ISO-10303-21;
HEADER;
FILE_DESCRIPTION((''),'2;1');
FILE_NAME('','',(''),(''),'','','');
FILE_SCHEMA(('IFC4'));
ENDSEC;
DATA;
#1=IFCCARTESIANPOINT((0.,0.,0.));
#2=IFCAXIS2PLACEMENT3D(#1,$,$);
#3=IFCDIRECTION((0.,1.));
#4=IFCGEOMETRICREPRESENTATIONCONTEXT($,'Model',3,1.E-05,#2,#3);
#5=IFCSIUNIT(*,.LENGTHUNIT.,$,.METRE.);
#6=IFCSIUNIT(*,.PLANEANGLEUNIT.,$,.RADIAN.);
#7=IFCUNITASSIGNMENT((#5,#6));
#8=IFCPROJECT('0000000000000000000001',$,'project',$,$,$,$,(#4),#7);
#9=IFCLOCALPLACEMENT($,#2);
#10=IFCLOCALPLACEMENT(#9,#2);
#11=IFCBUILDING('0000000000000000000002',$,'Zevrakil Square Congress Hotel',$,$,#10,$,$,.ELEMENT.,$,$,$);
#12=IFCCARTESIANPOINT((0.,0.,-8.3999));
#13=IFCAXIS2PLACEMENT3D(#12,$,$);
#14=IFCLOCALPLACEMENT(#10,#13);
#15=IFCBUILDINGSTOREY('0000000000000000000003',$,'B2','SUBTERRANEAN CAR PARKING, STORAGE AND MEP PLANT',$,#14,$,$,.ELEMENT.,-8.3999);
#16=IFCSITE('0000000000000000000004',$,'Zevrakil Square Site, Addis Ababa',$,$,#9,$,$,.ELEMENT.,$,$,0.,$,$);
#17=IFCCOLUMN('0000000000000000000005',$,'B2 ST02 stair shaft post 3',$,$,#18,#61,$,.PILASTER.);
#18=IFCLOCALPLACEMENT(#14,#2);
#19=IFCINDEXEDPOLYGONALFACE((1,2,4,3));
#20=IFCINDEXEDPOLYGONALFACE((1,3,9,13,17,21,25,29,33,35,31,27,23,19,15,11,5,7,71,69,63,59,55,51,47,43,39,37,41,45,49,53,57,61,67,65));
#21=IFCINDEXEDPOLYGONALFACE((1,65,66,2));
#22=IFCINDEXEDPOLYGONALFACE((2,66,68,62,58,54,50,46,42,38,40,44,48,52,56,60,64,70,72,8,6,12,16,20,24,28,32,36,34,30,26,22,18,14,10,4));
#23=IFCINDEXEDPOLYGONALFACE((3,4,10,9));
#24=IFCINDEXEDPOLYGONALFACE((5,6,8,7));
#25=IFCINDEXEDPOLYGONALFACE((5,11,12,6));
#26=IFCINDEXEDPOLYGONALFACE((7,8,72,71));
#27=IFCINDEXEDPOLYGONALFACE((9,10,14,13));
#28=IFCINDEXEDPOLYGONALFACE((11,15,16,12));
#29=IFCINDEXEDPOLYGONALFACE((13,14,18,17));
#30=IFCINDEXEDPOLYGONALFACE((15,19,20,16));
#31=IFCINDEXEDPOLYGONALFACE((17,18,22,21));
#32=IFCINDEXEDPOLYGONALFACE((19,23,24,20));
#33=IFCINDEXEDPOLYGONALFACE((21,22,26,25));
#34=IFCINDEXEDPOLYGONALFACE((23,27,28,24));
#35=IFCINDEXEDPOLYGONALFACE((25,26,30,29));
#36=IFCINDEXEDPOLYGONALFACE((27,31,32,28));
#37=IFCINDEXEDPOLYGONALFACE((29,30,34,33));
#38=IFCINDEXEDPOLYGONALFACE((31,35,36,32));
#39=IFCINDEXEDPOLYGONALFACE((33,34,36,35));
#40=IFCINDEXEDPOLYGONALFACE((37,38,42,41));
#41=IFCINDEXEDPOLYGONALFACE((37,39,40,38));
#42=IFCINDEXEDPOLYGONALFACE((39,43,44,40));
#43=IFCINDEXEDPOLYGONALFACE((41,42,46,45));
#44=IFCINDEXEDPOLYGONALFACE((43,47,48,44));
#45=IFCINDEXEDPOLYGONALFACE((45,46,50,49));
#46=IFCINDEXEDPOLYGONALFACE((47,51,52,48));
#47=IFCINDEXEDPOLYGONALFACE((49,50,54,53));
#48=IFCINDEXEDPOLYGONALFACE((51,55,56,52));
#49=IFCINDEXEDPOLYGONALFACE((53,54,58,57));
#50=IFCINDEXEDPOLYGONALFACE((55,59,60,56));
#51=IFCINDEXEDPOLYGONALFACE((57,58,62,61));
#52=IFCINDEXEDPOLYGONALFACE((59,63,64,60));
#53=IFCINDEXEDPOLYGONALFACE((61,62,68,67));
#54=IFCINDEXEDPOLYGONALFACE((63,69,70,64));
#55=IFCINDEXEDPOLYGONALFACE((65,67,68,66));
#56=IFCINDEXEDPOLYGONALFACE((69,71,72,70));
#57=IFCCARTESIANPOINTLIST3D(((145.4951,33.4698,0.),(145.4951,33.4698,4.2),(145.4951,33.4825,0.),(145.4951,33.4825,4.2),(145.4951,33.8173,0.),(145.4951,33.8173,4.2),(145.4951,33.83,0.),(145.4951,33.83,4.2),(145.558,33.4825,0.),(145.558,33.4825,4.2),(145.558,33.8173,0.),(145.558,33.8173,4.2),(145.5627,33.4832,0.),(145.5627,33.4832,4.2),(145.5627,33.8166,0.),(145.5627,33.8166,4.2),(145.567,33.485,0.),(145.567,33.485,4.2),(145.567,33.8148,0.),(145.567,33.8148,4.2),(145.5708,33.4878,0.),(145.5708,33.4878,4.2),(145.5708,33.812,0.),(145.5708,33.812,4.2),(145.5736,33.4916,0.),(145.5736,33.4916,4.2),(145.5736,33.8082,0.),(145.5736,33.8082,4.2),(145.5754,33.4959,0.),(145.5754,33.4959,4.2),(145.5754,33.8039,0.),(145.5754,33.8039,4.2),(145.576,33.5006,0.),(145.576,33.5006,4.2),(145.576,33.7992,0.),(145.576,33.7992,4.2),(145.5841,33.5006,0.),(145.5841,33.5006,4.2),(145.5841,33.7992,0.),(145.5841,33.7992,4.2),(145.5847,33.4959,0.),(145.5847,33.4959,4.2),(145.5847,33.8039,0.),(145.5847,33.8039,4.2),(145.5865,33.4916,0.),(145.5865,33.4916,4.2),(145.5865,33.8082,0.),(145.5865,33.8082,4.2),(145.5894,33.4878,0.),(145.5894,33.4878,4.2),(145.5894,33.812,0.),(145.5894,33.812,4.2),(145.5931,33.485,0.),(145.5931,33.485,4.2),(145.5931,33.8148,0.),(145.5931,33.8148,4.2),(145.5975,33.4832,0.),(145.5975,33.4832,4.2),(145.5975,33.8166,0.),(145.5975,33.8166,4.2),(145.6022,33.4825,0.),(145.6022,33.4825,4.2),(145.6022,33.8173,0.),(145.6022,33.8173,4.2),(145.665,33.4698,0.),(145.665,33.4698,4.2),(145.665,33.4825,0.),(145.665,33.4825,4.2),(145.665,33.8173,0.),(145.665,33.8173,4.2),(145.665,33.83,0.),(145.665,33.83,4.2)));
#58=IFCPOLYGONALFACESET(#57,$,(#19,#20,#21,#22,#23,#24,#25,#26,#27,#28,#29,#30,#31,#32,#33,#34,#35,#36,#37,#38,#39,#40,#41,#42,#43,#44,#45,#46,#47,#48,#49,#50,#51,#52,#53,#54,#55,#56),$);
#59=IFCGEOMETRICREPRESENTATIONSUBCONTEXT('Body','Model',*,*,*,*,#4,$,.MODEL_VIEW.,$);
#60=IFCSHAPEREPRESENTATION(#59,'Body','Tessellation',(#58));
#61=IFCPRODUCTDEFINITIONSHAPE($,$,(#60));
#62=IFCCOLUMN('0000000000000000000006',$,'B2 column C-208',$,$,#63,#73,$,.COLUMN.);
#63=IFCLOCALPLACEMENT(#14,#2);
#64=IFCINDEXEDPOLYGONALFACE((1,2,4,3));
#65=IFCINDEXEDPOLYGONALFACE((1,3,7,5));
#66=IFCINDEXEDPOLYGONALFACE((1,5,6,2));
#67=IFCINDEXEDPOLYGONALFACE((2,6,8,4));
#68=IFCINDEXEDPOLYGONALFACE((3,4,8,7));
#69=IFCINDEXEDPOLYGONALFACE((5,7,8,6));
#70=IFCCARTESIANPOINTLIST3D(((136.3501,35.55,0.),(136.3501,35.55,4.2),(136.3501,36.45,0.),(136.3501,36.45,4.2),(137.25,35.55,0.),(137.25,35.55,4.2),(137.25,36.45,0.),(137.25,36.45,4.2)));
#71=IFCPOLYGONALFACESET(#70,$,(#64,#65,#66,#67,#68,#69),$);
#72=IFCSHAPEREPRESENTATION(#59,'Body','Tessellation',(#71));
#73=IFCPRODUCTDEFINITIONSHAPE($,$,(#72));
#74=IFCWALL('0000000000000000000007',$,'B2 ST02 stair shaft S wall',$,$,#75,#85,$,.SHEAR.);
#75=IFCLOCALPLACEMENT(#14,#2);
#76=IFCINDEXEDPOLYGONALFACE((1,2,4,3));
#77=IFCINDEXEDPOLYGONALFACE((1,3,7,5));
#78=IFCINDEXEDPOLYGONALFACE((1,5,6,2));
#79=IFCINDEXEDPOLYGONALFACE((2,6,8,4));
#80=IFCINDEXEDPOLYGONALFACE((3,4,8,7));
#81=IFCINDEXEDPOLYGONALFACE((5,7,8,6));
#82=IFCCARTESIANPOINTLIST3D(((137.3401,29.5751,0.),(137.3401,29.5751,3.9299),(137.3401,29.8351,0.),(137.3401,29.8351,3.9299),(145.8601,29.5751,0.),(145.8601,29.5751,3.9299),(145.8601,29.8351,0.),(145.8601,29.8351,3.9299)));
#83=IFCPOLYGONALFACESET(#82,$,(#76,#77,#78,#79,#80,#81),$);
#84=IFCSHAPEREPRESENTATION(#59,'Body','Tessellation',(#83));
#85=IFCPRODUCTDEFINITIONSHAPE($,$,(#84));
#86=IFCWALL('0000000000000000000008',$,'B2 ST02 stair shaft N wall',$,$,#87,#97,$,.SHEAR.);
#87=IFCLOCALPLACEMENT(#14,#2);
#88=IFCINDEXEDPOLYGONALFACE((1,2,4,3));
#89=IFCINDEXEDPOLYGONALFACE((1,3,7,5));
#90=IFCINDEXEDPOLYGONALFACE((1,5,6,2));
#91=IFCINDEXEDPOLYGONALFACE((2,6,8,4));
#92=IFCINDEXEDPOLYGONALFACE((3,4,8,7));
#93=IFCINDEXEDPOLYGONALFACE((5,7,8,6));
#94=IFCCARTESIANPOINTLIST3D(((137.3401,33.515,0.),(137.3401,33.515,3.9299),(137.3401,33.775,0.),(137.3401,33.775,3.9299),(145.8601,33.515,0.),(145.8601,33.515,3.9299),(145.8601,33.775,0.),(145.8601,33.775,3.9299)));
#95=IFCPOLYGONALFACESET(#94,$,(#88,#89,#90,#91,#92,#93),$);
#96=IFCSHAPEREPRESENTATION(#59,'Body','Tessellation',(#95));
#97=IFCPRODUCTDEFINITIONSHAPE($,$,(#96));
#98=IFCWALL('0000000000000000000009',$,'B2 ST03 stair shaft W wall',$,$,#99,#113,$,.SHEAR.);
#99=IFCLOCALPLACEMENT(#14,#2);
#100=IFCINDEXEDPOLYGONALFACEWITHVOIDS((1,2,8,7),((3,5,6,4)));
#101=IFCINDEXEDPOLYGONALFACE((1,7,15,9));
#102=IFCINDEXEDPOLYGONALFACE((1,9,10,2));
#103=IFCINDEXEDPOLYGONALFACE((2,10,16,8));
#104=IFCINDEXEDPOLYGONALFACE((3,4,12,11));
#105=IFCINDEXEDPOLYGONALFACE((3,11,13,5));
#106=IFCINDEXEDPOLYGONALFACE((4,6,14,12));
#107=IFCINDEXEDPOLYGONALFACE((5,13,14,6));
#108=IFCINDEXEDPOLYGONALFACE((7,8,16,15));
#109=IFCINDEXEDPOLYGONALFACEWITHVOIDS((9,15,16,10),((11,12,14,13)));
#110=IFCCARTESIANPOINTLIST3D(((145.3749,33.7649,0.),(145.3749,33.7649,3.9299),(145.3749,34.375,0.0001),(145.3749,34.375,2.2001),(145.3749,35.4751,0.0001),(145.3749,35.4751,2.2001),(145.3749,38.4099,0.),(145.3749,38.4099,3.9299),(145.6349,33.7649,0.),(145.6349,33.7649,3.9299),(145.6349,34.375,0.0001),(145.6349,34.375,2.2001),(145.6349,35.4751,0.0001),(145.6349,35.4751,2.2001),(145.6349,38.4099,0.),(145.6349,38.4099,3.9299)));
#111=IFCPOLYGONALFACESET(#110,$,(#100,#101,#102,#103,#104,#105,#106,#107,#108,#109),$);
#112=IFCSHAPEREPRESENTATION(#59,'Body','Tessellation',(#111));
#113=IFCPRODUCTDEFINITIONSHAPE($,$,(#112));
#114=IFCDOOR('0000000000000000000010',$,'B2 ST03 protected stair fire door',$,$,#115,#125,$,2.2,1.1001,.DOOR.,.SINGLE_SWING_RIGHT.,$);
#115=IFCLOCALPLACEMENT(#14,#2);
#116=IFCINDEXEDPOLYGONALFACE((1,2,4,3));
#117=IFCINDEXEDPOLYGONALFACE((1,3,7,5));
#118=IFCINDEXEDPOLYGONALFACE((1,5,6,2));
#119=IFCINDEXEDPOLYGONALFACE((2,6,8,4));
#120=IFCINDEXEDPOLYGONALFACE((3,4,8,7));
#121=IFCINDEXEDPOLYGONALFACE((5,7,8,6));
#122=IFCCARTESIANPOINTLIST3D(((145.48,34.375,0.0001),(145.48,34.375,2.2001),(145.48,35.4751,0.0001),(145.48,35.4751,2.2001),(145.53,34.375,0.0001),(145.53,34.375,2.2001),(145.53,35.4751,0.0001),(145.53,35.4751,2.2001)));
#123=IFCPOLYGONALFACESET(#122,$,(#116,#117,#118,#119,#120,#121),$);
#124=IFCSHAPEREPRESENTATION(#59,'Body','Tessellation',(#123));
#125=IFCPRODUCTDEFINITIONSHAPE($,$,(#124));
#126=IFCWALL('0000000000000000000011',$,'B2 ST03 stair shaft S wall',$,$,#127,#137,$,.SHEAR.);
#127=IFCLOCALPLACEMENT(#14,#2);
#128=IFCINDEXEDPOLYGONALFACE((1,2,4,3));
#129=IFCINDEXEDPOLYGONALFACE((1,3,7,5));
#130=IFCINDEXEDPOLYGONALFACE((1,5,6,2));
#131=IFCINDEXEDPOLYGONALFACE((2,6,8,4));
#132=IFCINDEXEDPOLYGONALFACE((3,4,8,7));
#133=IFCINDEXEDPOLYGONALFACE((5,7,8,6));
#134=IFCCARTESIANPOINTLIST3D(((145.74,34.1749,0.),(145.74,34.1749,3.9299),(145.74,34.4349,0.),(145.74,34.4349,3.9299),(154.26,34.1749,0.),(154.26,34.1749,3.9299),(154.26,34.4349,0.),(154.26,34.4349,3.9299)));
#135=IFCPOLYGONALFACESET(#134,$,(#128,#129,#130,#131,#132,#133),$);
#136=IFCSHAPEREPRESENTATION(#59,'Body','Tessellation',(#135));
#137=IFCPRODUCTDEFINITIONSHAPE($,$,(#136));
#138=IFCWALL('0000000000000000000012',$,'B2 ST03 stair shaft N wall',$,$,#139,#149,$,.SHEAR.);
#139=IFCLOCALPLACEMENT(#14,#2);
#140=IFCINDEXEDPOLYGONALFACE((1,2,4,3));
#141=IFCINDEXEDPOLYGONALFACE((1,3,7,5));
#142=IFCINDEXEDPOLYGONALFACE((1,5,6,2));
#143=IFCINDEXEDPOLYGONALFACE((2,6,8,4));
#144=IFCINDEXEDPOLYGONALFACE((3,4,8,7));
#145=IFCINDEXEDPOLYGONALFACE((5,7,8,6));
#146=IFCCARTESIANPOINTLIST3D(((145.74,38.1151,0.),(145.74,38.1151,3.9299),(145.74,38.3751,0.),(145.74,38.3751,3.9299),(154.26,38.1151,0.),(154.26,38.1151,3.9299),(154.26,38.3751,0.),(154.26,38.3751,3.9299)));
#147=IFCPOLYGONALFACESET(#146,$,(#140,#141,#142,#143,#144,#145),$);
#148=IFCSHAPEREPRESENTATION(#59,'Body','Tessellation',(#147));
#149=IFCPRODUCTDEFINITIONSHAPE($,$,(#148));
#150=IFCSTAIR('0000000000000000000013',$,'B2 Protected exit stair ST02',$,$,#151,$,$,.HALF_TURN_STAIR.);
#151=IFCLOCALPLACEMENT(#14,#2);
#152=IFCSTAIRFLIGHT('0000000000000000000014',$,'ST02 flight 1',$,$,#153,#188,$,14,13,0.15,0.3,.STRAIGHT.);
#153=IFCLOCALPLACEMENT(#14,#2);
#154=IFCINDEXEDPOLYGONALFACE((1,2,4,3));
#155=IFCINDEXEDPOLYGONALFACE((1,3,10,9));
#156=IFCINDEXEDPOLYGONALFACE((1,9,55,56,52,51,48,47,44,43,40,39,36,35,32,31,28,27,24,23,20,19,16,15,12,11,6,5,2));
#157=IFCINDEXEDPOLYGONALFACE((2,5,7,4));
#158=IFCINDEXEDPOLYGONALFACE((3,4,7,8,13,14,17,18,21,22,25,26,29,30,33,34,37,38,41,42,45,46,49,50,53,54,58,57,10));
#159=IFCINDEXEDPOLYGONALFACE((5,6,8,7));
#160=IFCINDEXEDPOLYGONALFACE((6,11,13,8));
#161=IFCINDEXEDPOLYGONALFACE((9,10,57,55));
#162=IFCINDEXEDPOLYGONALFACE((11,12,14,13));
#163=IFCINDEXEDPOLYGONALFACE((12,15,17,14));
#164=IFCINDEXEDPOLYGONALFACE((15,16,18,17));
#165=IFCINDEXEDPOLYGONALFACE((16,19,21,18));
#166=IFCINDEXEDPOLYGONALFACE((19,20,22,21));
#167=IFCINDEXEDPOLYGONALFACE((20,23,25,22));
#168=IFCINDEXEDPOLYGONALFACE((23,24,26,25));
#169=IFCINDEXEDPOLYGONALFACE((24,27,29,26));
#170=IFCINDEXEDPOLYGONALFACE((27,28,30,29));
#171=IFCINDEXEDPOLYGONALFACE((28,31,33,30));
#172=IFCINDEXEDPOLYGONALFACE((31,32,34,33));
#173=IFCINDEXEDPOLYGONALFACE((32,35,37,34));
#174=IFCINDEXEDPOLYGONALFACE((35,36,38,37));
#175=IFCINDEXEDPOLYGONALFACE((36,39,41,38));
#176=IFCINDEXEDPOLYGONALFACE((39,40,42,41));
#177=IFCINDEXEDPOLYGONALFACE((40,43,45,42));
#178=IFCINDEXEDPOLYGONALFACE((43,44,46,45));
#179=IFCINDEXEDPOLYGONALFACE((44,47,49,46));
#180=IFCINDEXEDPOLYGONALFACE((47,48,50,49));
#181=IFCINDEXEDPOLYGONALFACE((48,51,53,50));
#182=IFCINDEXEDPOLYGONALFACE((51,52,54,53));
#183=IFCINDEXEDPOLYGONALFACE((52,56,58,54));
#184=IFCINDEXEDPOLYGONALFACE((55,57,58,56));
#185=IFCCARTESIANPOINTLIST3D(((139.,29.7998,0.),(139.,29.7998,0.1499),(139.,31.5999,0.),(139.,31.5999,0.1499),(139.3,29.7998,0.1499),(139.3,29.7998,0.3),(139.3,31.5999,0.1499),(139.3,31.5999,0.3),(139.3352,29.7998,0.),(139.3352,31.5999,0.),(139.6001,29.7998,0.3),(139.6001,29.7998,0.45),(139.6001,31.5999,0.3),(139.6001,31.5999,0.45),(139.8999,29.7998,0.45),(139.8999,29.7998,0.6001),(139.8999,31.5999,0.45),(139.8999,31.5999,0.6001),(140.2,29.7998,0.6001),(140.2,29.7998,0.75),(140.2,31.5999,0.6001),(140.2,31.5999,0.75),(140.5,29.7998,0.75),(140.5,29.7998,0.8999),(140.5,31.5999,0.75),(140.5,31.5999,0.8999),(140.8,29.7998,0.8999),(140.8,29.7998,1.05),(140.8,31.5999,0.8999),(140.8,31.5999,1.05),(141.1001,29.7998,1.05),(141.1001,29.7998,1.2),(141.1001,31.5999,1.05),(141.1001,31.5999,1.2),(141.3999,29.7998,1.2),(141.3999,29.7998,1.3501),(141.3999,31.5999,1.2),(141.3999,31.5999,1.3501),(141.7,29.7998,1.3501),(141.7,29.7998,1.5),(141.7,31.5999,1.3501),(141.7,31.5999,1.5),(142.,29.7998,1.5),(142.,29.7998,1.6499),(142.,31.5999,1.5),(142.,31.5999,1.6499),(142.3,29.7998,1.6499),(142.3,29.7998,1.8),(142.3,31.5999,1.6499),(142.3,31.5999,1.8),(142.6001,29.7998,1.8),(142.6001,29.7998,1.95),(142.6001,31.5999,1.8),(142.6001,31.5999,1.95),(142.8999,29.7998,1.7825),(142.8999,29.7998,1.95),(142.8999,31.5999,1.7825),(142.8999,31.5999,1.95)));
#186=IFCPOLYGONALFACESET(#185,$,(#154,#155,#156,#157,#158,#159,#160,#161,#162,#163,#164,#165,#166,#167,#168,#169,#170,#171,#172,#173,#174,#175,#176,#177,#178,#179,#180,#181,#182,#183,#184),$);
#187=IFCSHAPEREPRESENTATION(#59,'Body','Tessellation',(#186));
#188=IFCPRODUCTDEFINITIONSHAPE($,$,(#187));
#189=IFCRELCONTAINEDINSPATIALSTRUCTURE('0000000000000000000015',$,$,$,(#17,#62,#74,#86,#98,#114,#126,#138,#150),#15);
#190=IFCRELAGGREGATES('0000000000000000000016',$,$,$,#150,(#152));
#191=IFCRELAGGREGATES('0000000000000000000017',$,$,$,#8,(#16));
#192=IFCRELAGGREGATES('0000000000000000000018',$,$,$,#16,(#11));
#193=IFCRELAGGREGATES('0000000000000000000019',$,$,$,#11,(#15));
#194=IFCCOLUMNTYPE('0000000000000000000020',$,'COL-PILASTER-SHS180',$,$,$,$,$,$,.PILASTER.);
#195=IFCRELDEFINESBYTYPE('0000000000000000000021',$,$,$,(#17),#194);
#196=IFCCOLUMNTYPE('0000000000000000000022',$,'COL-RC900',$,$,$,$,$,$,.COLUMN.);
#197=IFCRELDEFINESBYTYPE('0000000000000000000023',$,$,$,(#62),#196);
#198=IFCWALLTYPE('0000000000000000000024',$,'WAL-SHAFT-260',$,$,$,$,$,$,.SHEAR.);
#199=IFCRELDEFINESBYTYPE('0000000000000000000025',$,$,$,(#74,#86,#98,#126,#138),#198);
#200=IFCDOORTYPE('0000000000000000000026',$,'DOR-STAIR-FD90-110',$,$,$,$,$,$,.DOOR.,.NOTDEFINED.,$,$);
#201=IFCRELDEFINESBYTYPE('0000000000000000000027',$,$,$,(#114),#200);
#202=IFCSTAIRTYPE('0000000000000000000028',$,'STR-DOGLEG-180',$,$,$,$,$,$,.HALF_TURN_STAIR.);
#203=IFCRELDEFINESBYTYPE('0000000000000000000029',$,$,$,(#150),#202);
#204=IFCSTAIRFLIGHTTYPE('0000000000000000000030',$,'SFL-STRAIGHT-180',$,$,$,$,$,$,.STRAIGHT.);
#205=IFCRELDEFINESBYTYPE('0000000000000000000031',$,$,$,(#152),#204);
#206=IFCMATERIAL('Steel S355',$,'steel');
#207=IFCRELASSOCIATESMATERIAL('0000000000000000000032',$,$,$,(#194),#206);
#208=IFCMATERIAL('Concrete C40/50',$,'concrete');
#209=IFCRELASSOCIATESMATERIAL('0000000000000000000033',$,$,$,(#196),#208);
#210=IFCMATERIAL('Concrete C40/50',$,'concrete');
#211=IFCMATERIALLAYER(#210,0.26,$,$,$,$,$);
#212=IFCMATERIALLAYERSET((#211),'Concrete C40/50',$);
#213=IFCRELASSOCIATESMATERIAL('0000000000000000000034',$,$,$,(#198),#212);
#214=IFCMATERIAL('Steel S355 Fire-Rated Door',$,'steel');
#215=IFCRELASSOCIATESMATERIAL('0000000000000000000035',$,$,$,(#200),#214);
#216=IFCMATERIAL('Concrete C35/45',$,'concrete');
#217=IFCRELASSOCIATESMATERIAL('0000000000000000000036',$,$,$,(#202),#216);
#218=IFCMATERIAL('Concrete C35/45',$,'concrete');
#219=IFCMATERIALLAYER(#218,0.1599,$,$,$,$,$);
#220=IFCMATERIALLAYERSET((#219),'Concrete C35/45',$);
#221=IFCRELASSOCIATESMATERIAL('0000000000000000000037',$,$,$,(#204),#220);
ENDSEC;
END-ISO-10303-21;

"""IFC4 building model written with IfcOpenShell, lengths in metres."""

from ifc_helpers import new_model, si_unit, direction, frame, frame_2d, origin, origin_2d, place, context, subcontext, project, spatial, polyline, rectangle, i_section, outline, extrude, material, layer, layer_set, material_profile, profile_set, type_object, element, fill, aggregate, save


model = new_model("IFC4")

# Units and contexts
model_context = context("Model", 3, precision=1e-05, world=origin(), true_north=direction((0.0, 1.0)))
body_context = subcontext(model_context, "Body", "Model", "MODEL_VIEW")
ifc_project = project(units=[si_unit("LENGTHUNIT", "METRE"), si_unit("PLANEANGLEUNIT", "RADIAN")], contexts=[model_context])

# Site, building, storey
site_placement = place(None, origin())
site = spatial("IfcSite", under=ifc_project, at=site_placement, Name="Zevrakil Square Site, Addis Ababa", CompositionType="ELEMENT", RefElevation=0.0)
building_placement = place(site_placement, origin())
building = spatial("IfcBuilding", under=site, at=building_placement, Name="Zevrakil Square Congress Hotel", CompositionType="ELEMENT")
storey_placement = place(building_placement, frame((0.0, 0.0, -8.3999)))
storey = spatial("IfcBuildingStorey", under=building, at=storey_placement, Name="B2", Description="SUBTERRANEAN CAR PARKING, STORAGE AND MEP PLANT", CompositionType="ELEMENT", Elevation=-8.3999)

# Columns
ifc_material_1 = material(Name="Steel S355", Category="steel")
ifc_material_profile_1 = material_profile(ifc_material_1, i_section(OverallWidth=0.1699, OverallDepth=0.3601, WebThickness=0.0081, FlangeThickness=0.0127, FilletRadius=0.0181, at=origin_2d()), Name="IPE 360")
ifc_profile_set_1 = profile_set([ifc_material_profile_1], Name="Steel S355")
column_type_1 = type_object("IfcColumnType", Name="COL-PILASTER-SHS180", PredefinedType="PILASTER", material=ifc_profile_set_1)
for number, where, z_axis, x_axis, name in (
    (1, (145.5801, 33.6499, 0.0), (0.0, 0.0, 1.0), (1.0, 0.0, 0.0), "B2 ST02 stair shaft post 3"),
):
    element("IfcColumn", number, at=place(storey_placement, frame(where, z_axis=z_axis, x_axis=x_axis)), inside=storey, type_object=column_type_1, Name=name, PredefinedType="PILASTER", context=body_context, shape_type="SweptSolid", body=[
        extrude(i_section(OverallWidth=0.1699, OverallDepth=0.3601, WebThickness=0.0081, FlangeThickness=0.0127, FilletRadius=0.0181, at=origin_2d()), origin(), (0.0, 0.0, 1.0), 4.2),
    ])
ifc_material_2 = material(Name="Concrete C40/50", Category="concrete")
ifc_material_profile_2 = material_profile(ifc_material_2, rectangle(XDim=0.8999, YDim=0.8999, at=origin_2d()), Name="RC 900x900")
ifc_profile_set_2 = profile_set([ifc_material_profile_2], Name="Concrete C40/50")
column_type_2 = type_object("IfcColumnType", Name="COL-RC900", PredefinedType="COLUMN", material=ifc_profile_set_2)
column_placement = place(storey_placement, frame((136.8, 36.0, 0.0), z_axis=(0.0, 0.0, 1.0), x_axis=(1.0, 0.0, 0.0)))
element("IfcColumn", 2, at=column_placement, inside=storey, type_object=column_type_2, Name="B2 column C-208", PredefinedType="COLUMN", context=body_context, shape_type="SweptSolid", body=[
    extrude(rectangle(XDim=0.8999, YDim=0.8999, at=origin_2d()), origin(), (0.0, 0.0, 1.0), 4.2),
])

# Walls
ifc_material_3 = material(Name="Concrete C40/50", Category="concrete")
ifc_layer_1 = layer(ifc_material_3, 0.26)
ifc_layer_set_1 = layer_set([ifc_layer_1], Name="Concrete C40/50")
wall_type = type_object("IfcWallType", Name="WAL-SHAFT-260", PredefinedType="SHEAR", material=ifc_layer_set_1)
for number, where, z_axis, x_axis, name in (
    (3, (137.3401, 29.7051, 0.0), (0.0, 0.0, 1.0), (1.0, 0.0, 0.0), "B2 ST02 stair shaft S wall"),
    (4, (137.3401, 33.645, 0.0), (0.0, 0.0, 1.0), (1.0, 0.0, 0.0), "B2 ST02 stair shaft N wall"),
):
    element("IfcWall", number, at=place(storey_placement, frame(where, z_axis=z_axis, x_axis=x_axis)), inside=storey, type_object=wall_type, Name=name, PredefinedType="SHEAR", context=body_context, shape_type="SweptSolid", body=[
        extrude(rectangle(XDim=8.52, YDim=0.26, at=frame_2d((4.26, 0.0))), origin(), (0.0, 0.0, 1.0), 3.9299),
    ])

# Wall, opening, door
wall_placement = place(storey_placement, frame((145.5049, 33.7649, 0.0), z_axis=(0.0, 0.0, 1.0), x_axis=(0.0, 1.0, 0.0)))
wall = element("IfcWall", 5, at=wall_placement, inside=storey, type_object=wall_type, Name="B2 ST03 stair shaft W wall", PredefinedType="SHEAR", context=body_context, shape_type="SweptSolid", body=[
    extrude(rectangle(XDim=4.645, YDim=0.26, at=frame_2d((2.3225, 0.0))), origin(), (0.0, 0.0, 1.0), 3.9299),
])
opening_placement = place(wall_placement, frame((0.6101, 0.0, 0.0)))
opening = element("IfcOpeningElement", 6, at=opening_placement, cuts=wall, PredefinedType="OPENING", context=body_context, shape_type="SweptSolid", body=[
    extrude(rectangle(XDim=1.1001, YDim=2.2, at=frame_2d((0.55, 1.1001))), frame((0.0, 0.1401, 0.0), z_axis=(0.0, -1.0, 0.0), x_axis=(1.0, 0.0, 0.0)), (0.0, 0.0, 1.0), 0.28),
])
ifc_material_4 = material(Name="Steel S355 Fire-Rated Door", Category="steel")
door_type = type_object("IfcDoorType", Name="DOR-STAIR-FD90-110", OperationType="NOTDEFINED", PredefinedType="DOOR", material=ifc_material_4)
door_placement = place(opening_placement, origin())
door = element("IfcDoor", 7, at=door_placement, inside=storey, type_object=door_type, Name="B2 ST03 protected stair fire door", OperationType="SINGLE_SWING_RIGHT", OverallHeight=2.2, OverallWidth=1.1001, PredefinedType="DOOR", context=body_context, shape_type="SweptSolid", body=[
    extrude(rectangle(XDim=1.1001, YDim=2.2, at=frame_2d((0.55, 1.1001))), frame((0.0, 0.0249, 0.0), z_axis=(0.0, -1.0, 0.0), x_axis=(1.0, 0.0, 0.0)), (0.0, 0.0, 1.0), 0.05),
])
fill(opening, door)

# Walls
for number, where, z_axis, x_axis, name in (
    (8, (145.74, 34.3049, 0.0), (0.0, 0.0, 1.0), (1.0, 0.0, 0.0), "B2 ST03 stair shaft S wall"),
    (9, (145.74, 38.2451, 0.0), (0.0, 0.0, 1.0), (1.0, 0.0, 0.0), "B2 ST03 stair shaft N wall"),
):
    element("IfcWall", number, at=place(storey_placement, frame(where, z_axis=z_axis, x_axis=x_axis)), inside=storey, type_object=wall_type, Name=name, PredefinedType="SHEAR", context=body_context, shape_type="SweptSolid", body=[
        extrude(rectangle(XDim=8.52, YDim=0.26, at=frame_2d((4.26, 0.0))), origin(), (0.0, 0.0, 1.0), 3.9299),
    ])

# Stair, stair flight
ifc_material_5 = material(Name="Concrete C35/45", Category="concrete")
stair_type = type_object("IfcStairType", Name="STR-DOGLEG-180", PredefinedType="HALF_TURN_STAIR", material=ifc_material_5)
stair_1_placement = place(storey_placement, origin())
stair_1 = element("IfcStair", 10, at=stair_1_placement, inside=storey, type_object=stair_type, Name="B2 Protected exit stair ST02", PredefinedType="HALF_TURN_STAIR")
ifc_material_6 = material(Name="Concrete C35/45", Category="concrete")
ifc_layer_2 = layer(ifc_material_6, 0.1599)
ifc_layer_set_2 = layer_set([ifc_layer_2], Name="Concrete C35/45")
stair_flight_type = type_object("IfcStairFlightType", Name="SFL-STRAIGHT-180", PredefinedType="STRAIGHT", material=ifc_layer_set_2)
stair_flight_1_placement = place(storey_placement, frame((139.0, 30.7, 0.0), z_axis=(0.0, 0.0, 1.0), x_axis=(1.0, 0.0, 0.0)))
stair_flight_1 = element("IfcStairFlight", 11, at=stair_flight_1_placement, type_object=stair_flight_type, Name="ST02 flight 1", NumberOfRisers=14, NumberOfTreads=13, PredefinedType="STRAIGHT", RiserHeight=0.15, TreadLength=0.3, context=body_context, shape_type="SweptSolid", body=[
    extrude(outline(polyline([(0.0, 0.0), (0.0, 0.1499), (0.3, 0.1499), (0.3, 0.3), (0.6001, 0.3), (0.6001, 0.45), (0.8999, 0.45), (0.8999, 0.6001), (1.2, 0.6001), (1.2, 0.75), (1.5, 0.75), (1.5, 0.8999), (1.8, 0.8999), (1.8, 1.05), (2.1001, 1.05), (2.1001, 1.2), (2.3999, 1.2), (2.3999, 1.3501), (2.7, 1.3501), (2.7, 1.5), (3.0, 1.5), (3.0, 1.6499), (3.3, 1.6499), (3.3, 1.8), (3.6001, 1.8), (3.6001, 1.95), (3.8999, 1.95), (3.8999, 2.1001), (3.8999, 1.7825), (0.3352, 0.0), (0.0, 0.0)])), frame((0.0, 0.8999, 0.0), z_axis=(0.0, -1.0, 0.0), x_axis=(1.0, 0.0, 0.0)), (0.0, 0.0, 1.0), 1.8),
])
aggregate(stair_1, [stair_flight_1])

save(model, "model.ifc")
